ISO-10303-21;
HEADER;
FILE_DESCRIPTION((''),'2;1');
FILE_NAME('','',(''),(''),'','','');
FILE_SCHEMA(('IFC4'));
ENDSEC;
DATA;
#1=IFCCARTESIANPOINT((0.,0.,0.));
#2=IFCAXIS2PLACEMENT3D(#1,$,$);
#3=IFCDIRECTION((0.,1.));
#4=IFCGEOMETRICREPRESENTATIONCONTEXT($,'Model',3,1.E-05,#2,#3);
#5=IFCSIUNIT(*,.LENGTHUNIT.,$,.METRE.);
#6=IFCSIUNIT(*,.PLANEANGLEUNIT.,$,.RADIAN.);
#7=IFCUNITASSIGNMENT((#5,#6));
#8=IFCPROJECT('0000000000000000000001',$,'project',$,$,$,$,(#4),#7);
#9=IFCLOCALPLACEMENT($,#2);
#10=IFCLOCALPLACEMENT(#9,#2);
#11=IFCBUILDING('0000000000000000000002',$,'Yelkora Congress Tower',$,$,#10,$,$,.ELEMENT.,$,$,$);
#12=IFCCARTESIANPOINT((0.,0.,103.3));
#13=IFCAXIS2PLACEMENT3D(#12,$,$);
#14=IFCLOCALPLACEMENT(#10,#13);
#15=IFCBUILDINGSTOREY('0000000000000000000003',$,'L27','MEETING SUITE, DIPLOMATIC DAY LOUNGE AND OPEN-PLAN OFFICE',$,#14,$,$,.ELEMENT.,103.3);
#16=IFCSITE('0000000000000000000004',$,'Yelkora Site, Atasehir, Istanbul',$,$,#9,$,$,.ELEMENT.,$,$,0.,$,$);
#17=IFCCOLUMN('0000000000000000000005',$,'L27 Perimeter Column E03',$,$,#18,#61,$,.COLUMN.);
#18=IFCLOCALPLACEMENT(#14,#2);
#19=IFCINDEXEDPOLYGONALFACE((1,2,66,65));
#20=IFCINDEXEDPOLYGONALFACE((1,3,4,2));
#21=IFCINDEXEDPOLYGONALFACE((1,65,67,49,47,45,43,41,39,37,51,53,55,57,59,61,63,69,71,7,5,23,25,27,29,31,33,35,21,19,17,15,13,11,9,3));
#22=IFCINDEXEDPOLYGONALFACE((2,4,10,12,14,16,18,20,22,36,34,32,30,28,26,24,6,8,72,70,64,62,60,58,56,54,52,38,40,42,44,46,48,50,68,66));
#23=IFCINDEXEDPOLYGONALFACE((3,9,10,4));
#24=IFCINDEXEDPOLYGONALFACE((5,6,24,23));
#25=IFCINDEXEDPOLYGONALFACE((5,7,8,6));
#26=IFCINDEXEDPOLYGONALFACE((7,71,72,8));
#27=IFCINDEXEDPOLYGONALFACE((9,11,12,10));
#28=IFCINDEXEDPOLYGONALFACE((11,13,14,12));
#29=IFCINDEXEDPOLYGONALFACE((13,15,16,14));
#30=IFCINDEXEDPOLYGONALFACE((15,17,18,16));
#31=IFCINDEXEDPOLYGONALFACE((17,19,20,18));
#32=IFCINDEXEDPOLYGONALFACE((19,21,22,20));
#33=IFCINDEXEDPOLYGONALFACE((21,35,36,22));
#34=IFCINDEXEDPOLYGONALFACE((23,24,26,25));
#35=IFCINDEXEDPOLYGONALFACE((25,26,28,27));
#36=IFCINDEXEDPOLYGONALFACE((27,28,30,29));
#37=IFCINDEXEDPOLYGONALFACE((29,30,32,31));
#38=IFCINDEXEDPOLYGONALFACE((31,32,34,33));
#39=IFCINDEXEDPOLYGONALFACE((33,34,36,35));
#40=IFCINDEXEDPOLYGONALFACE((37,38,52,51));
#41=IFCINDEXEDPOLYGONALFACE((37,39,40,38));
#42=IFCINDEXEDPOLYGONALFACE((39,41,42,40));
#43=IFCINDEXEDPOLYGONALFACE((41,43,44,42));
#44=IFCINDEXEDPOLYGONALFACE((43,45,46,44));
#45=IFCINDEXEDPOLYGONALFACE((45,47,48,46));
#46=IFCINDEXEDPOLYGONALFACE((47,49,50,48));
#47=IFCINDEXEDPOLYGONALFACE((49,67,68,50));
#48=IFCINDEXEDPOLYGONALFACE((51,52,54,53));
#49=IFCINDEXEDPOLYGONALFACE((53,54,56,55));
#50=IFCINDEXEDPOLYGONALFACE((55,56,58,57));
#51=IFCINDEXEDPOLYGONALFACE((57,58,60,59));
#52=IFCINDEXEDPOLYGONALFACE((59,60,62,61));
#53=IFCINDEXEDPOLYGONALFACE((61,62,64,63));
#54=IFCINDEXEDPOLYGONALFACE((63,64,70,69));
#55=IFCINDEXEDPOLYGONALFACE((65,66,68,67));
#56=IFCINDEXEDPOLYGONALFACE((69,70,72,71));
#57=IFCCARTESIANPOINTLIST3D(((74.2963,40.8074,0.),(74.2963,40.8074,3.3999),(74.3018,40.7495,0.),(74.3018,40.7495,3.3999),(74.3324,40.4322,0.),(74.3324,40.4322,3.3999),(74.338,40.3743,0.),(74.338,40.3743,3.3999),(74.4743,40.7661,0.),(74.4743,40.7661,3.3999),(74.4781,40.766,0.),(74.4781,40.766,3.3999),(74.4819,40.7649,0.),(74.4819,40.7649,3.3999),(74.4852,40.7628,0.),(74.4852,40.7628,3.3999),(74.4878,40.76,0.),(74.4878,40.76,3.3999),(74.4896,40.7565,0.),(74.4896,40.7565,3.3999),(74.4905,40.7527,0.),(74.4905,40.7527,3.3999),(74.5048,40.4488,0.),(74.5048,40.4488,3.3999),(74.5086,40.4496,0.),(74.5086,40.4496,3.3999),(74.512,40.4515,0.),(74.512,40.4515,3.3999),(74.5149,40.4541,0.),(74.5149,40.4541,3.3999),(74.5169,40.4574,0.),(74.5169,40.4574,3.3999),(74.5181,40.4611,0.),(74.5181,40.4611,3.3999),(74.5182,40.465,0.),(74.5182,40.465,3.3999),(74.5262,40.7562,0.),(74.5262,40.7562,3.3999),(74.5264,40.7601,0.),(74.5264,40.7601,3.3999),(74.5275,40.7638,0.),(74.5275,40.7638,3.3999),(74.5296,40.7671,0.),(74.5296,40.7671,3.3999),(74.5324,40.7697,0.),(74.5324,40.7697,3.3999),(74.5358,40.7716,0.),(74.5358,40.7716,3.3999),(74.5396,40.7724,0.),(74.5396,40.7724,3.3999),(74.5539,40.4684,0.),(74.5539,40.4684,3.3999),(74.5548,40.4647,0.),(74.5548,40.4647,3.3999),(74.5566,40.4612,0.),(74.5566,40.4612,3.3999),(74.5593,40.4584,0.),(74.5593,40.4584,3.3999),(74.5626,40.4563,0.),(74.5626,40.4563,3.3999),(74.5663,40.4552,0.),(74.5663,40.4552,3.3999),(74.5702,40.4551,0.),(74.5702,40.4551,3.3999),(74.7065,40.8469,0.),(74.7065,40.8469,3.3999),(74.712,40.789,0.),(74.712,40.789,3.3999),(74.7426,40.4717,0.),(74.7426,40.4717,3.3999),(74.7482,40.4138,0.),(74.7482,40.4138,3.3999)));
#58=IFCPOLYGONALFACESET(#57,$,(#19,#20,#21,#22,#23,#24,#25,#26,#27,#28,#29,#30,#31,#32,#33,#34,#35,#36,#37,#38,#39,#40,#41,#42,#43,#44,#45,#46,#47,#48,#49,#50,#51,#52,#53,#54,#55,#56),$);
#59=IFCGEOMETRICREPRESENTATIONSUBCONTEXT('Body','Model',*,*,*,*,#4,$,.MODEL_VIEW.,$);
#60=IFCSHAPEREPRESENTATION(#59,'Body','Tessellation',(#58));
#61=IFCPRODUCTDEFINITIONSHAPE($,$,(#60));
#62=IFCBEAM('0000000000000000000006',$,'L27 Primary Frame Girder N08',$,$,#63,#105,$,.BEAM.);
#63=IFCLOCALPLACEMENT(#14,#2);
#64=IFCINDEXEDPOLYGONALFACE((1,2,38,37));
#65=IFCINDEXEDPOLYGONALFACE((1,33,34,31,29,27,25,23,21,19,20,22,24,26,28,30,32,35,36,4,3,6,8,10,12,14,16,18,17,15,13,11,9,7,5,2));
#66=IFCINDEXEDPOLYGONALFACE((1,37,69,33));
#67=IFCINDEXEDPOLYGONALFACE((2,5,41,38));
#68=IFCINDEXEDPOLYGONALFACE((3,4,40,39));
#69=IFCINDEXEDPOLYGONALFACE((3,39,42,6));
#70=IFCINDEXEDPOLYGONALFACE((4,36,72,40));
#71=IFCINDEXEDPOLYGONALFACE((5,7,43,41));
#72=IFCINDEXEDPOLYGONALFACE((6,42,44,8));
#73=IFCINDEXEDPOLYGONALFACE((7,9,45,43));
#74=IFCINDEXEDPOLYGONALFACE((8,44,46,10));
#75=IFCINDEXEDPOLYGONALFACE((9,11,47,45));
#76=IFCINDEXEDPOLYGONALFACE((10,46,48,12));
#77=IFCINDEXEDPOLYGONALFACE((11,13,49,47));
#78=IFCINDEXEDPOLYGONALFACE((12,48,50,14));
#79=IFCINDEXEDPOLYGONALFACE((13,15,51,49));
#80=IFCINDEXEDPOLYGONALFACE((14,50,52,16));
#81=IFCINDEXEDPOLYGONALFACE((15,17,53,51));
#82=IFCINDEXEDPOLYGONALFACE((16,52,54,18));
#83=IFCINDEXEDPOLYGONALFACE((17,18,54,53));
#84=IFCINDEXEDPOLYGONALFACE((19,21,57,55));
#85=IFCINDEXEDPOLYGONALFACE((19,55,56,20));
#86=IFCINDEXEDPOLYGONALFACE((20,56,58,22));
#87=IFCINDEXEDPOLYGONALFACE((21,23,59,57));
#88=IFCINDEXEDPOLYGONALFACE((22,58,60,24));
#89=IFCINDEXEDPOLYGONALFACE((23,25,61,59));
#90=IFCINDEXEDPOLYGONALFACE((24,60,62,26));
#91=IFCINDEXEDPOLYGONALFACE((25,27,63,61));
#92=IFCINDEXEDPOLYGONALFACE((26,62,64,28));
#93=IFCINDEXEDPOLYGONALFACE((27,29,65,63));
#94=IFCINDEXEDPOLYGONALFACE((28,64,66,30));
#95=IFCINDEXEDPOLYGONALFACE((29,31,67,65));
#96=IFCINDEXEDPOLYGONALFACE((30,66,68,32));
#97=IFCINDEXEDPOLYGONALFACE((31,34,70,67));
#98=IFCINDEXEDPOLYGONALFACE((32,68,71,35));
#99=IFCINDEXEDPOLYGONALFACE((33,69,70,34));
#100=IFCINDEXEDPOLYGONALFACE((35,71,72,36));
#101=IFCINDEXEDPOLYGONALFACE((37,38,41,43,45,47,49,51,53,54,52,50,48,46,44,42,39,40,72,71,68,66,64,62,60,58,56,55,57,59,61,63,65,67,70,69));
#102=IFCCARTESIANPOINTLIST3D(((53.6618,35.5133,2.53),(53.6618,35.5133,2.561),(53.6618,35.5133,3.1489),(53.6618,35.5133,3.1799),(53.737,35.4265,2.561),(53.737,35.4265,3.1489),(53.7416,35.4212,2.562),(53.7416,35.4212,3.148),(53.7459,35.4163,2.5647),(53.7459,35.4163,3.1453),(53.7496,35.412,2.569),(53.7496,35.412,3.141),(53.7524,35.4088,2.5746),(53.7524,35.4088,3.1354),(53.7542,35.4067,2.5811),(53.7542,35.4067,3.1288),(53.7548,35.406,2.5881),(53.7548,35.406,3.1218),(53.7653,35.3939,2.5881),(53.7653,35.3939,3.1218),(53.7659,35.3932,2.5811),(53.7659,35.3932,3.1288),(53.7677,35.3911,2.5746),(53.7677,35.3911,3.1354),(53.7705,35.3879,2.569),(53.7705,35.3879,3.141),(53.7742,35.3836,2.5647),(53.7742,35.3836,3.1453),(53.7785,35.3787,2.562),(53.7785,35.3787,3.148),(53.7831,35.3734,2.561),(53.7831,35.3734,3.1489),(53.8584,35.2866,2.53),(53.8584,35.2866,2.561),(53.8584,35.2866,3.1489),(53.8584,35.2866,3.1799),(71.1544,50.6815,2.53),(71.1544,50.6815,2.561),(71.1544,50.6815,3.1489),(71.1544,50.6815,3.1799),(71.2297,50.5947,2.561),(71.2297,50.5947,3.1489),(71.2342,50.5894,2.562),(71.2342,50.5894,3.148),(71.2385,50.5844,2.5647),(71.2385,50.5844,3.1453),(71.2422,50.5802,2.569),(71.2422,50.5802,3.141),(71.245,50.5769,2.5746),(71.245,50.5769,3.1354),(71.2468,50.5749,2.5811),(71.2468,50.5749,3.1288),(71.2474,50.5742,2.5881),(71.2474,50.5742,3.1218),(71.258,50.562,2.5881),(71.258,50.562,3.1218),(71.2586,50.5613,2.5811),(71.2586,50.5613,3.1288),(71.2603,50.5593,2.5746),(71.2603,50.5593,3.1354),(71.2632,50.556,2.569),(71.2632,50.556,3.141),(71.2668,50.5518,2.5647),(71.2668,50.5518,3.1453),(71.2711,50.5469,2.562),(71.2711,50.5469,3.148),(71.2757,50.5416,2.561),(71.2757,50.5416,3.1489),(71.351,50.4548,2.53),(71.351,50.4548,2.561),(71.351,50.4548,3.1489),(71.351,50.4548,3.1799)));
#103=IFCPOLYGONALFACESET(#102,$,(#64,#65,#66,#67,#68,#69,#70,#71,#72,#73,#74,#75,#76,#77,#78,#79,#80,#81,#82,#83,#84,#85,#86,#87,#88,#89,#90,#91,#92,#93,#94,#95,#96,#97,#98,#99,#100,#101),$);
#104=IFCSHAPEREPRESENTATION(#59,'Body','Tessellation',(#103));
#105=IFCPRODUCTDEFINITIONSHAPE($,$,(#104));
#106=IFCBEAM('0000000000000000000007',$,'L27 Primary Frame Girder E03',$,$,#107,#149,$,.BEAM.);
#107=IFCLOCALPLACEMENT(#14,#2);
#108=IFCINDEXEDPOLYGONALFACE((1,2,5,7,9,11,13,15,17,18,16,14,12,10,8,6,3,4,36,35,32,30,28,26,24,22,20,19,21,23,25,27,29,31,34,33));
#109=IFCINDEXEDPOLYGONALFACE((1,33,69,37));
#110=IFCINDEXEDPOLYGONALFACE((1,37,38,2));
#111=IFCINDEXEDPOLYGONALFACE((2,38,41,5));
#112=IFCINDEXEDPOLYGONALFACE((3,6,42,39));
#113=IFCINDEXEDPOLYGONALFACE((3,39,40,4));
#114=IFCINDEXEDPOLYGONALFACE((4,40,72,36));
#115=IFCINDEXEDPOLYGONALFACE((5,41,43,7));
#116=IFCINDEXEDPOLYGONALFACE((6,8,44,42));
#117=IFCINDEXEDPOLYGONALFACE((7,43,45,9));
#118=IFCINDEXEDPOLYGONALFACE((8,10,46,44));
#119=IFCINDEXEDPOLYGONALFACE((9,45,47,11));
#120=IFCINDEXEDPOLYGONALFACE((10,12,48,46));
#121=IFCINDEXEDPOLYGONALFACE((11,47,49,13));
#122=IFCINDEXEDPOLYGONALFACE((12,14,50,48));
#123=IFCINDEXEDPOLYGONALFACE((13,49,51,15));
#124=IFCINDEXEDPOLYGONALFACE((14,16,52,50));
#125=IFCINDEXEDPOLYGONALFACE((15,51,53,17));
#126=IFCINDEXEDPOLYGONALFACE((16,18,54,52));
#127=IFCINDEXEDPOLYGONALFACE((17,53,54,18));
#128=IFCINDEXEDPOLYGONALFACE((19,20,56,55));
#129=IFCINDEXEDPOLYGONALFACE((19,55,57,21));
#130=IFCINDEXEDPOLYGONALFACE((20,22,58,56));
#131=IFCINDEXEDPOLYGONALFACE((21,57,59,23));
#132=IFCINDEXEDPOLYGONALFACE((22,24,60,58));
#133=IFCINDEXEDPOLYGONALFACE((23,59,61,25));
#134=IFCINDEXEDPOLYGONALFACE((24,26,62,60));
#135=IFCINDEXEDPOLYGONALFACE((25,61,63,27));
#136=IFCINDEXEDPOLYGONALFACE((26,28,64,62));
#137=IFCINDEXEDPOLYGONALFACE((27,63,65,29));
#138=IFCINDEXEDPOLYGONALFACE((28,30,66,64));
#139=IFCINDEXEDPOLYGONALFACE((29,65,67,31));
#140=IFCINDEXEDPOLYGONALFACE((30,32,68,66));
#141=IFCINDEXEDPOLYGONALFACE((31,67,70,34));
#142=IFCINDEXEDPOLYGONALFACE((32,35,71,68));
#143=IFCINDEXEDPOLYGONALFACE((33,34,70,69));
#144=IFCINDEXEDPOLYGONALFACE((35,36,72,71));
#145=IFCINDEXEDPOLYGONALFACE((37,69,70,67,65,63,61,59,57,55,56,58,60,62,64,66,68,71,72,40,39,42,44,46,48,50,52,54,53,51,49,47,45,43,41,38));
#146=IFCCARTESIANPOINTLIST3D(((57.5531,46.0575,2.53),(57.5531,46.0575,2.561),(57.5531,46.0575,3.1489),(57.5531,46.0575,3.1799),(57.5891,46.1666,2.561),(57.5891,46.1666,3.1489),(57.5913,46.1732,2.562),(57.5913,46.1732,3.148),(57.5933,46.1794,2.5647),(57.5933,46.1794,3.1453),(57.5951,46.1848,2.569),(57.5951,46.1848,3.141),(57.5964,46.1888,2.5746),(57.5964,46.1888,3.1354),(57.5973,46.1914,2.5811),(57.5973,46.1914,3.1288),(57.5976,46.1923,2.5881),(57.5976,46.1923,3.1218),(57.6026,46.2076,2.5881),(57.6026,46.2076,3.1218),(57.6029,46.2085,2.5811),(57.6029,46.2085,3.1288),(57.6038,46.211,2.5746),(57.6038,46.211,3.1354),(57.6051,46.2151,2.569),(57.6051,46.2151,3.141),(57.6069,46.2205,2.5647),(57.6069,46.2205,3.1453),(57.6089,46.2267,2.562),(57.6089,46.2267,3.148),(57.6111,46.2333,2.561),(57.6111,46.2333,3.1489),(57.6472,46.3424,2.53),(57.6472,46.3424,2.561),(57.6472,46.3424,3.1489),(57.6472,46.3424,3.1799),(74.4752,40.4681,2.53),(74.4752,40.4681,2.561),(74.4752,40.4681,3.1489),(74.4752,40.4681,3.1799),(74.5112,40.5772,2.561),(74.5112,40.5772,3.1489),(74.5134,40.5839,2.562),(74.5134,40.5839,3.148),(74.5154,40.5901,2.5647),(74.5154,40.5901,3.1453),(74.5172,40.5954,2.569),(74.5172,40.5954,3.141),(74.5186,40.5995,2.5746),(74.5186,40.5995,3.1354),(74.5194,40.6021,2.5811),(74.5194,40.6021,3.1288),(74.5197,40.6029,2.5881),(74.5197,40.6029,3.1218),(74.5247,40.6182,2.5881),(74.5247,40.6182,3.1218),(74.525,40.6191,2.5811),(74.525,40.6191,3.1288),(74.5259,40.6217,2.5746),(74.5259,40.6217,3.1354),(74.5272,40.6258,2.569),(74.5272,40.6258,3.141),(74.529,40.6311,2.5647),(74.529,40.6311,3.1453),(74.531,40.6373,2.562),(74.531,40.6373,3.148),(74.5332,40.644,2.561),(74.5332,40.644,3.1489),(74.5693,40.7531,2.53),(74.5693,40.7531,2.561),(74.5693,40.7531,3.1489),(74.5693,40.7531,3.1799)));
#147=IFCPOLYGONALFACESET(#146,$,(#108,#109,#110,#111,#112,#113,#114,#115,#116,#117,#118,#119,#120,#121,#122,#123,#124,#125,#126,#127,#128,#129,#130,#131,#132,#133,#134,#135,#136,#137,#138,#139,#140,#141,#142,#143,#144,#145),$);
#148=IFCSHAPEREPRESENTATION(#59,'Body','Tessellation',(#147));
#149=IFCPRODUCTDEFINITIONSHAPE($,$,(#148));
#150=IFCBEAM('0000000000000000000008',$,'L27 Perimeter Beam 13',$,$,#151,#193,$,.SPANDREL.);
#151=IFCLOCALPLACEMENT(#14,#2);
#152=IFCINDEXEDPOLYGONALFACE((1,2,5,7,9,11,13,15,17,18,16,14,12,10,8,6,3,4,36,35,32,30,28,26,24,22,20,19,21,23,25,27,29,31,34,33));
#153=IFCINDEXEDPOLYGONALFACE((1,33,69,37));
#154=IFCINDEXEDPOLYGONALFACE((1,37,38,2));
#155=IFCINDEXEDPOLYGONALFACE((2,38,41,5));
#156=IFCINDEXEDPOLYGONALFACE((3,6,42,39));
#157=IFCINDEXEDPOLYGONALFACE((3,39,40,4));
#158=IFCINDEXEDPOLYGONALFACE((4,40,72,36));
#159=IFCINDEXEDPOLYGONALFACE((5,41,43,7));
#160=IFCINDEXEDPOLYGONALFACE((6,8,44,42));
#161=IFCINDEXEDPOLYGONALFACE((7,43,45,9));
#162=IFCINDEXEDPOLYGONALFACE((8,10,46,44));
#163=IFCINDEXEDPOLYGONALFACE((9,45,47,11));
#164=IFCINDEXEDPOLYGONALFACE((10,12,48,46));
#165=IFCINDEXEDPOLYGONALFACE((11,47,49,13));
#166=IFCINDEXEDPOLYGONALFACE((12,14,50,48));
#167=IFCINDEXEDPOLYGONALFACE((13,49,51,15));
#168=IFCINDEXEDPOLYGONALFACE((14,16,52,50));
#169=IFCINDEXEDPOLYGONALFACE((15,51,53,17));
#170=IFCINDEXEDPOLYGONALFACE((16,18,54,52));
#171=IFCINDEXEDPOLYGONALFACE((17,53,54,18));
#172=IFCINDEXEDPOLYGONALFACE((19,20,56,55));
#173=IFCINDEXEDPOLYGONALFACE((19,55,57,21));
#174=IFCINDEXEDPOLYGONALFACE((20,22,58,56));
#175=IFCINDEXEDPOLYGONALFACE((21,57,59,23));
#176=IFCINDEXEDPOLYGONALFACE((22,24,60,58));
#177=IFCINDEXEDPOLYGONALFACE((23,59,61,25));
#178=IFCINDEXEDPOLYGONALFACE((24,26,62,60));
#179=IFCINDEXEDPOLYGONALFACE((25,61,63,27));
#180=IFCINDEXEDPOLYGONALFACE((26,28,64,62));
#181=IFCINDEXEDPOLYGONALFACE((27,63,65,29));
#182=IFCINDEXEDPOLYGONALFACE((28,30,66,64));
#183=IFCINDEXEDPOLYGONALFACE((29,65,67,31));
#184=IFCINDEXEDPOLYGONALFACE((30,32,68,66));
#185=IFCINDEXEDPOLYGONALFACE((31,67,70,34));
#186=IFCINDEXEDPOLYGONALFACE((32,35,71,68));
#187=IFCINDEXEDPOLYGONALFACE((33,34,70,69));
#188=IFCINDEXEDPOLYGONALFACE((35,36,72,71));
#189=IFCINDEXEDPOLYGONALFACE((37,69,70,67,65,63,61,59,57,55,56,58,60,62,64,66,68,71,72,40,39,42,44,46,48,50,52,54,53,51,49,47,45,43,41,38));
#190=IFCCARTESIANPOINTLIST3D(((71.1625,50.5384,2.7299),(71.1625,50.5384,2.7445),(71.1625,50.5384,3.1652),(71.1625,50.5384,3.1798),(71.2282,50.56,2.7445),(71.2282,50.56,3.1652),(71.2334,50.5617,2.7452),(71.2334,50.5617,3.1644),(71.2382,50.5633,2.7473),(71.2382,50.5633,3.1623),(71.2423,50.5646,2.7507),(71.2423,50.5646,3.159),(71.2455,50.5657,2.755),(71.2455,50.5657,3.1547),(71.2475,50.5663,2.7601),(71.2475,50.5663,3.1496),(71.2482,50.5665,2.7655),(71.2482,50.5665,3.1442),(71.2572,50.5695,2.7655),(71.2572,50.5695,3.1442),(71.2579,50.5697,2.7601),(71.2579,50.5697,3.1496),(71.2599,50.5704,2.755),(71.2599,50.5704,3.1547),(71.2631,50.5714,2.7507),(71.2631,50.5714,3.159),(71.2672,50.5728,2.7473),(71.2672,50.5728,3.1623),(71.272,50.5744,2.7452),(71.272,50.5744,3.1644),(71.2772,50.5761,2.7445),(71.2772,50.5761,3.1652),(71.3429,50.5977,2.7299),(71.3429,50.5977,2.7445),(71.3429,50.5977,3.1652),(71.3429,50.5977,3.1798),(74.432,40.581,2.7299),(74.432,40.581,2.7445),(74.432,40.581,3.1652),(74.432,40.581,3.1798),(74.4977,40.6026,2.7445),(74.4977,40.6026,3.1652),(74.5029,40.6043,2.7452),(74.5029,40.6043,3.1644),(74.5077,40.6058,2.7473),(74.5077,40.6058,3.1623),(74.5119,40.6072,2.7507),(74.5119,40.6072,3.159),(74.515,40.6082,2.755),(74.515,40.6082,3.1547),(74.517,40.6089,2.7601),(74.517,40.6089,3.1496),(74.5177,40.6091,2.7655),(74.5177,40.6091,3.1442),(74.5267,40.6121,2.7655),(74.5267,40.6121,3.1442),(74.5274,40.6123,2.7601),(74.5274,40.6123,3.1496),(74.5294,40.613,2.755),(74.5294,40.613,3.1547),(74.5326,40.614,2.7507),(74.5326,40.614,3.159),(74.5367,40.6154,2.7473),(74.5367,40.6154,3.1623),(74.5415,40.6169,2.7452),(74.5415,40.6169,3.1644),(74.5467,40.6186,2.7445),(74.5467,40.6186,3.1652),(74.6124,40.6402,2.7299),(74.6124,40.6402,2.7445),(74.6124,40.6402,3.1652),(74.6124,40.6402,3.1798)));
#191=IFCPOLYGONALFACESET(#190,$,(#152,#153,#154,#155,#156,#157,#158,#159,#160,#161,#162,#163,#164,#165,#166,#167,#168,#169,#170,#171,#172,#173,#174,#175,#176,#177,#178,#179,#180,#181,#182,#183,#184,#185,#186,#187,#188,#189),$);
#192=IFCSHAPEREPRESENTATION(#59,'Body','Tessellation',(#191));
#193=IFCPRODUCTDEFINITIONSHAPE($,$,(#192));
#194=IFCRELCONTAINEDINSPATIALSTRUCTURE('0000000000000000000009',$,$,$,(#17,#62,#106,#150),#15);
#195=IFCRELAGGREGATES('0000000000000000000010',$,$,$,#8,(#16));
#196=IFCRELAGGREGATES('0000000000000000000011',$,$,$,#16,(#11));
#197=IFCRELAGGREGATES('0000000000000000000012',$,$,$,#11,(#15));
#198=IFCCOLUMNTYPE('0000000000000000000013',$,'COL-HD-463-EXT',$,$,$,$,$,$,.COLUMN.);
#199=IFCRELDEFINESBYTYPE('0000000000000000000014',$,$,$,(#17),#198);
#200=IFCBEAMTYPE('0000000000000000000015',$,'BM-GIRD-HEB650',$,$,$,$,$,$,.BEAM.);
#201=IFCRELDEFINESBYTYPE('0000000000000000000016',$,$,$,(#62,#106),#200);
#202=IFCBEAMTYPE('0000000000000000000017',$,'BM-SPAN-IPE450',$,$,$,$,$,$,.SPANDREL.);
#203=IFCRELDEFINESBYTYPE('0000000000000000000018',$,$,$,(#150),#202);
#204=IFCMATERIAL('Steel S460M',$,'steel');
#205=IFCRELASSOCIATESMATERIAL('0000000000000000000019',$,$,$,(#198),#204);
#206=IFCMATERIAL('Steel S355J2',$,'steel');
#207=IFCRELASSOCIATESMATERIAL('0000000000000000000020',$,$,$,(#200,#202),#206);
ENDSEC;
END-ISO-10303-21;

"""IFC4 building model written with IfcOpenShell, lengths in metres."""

from ifc_helpers import new_model, si_unit, direction, frame, origin, origin_2d, place, context, subcontext, project, spatial, i_section, extrude, material, material_profile, profile_set, type_object, element, save


model = new_model("IFC4")

# Units and contexts
model_context = context("Model", 3, precision=1e-05, world=origin(), true_north=direction((0.0, 1.0)))
body_context = subcontext(model_context, "Body", "Model", "MODEL_VIEW")
ifc_project = project(units=[si_unit("LENGTHUNIT", "METRE"), si_unit("PLANEANGLEUNIT", "RADIAN")], contexts=[model_context])

# Site, building, storey
site_placement = place(None, origin())
site = spatial("IfcSite", under=ifc_project, at=site_placement, Name="Yelkora Site, Atasehir, Istanbul", CompositionType="ELEMENT", RefElevation=0.0)
building_placement = place(site_placement, origin())
building = spatial("IfcBuilding", under=site, at=building_placement, Name="Yelkora Congress Tower", CompositionType="ELEMENT")
storey_placement = place(building_placement, frame((0.0, 0.0, 103.3)))
storey = spatial("IfcBuildingStorey", under=building, at=storey_placement, Name="L27", Description="MEETING SUITE, DIPLOMATIC DAY LOUNGE AND OPEN-PLAN OFFICE", CompositionType="ELEMENT", Elevation=103.3)

# Column
ifc_material_1 = material(Name="Steel S460M", Category="steel")
ifc_material_profile_1 = material_profile(ifc_material_1, i_section(OverallWidth=0.4121, OverallDepth=0.4351, WebThickness=0.0359, FlangeThickness=0.0581, FilletRadius=0.0149, at=origin_2d()), Name="HD 400x463")
ifc_profile_set_1 = profile_set([ifc_material_profile_1], Name="Steel S460M")
column_type = type_object("IfcColumnType", Name="COL-HD-463-EXT", PredefinedType="COLUMN", material=ifc_profile_set_1)
column_placement = place(storey_placement, frame((74.5222, 40.6106, 0.0), z_axis=(0.0, 0.0, 1.0), x_axis=(0.995396, 0.095846, 0.0)))
element("IfcColumn", 1, at=column_placement, inside=storey, type_object=column_type, Name="L27 Perimeter Column E03", PredefinedType="COLUMN", context=body_context, shape_type="SweptSolid", body=[
    extrude(i_section(OverallWidth=0.4121, OverallDepth=0.4351, WebThickness=0.0359, FlangeThickness=0.0581, FilletRadius=0.0149, at=origin_2d()), origin(), (0.0, 0.0, 1.0), 3.3999),
])

# Beams
ifc_material_2 = material(Name="Steel S355J2", Category="steel")
ifc_material_profile_2 = material_profile(ifc_material_2, i_section(OverallWidth=0.3, OverallDepth=0.6499, WebThickness=0.0161, FlangeThickness=0.031, FilletRadius=0.0271, at=origin_2d()), Name="HEB 650")
ifc_profile_set_2 = profile_set([ifc_material_profile_2], Name="Steel S355J2")
beam_type_1 = type_object("IfcBeamType", Name="BM-GIRD-HEB650", PredefinedType="BEAM", material=ifc_profile_set_2)
beam_1_placement = place(storey_placement, frame((71.2527, 50.5681, 2.855), z_axis=(-0.75552, -0.655125, 0.0), x_axis=(0.655125, -0.75552, 0.0)))
element("IfcBeam", 2, at=beam_1_placement, inside=storey, type_object=beam_type_1, Name="L27 Primary Frame Girder N08", PredefinedType="BEAM", context=body_context, shape_type="SweptSolid", body=[
    extrude(i_section(OverallWidth=0.3, OverallDepth=0.6499, WebThickness=0.0161, FlangeThickness=0.031, FilletRadius=0.0271, at=origin_2d()), origin(), (0.0, 0.0, 1.0), 23.1531),
])
beam_2_placement = place(storey_placement, frame((74.5222, 40.6106, 2.855), z_axis=(-0.949544, 0.313633, 0.0), x_axis=(-0.313633, -0.949544, 0.0)))
element("IfcBeam", 3, at=beam_2_placement, inside=storey, type_object=beam_type_1, Name="L27 Primary Frame Girder E03", PredefinedType="BEAM", context=body_context, shape_type="SweptSolid", body=[
    extrude(i_section(OverallWidth=0.3, OverallDepth=0.6499, WebThickness=0.0161, FlangeThickness=0.031, FilletRadius=0.0271, at=origin_2d()), origin(), (0.0, 0.0, 1.0), 17.8213),
])
ifc_material_profile_3 = material_profile(ifc_material_2, i_section(OverallWidth=0.1899, OverallDepth=0.45, WebThickness=0.0095, FlangeThickness=0.0146, FilletRadius=0.021, at=origin_2d()), Name="IPE 450")
ifc_profile_set_3 = profile_set([ifc_material_profile_3], Name="Steel S355J2")
beam_type_2 = type_object("IfcBeamType", Name="BM-SPAN-IPE450", PredefinedType="SPANDREL", material=ifc_profile_set_3)
beam_3_placement = place(storey_placement, frame((74.5222, 40.6106, 2.9548), z_axis=(-0.311962, 0.950095, 0.0), x_axis=(-0.950095, -0.311962, 0.0)))
element("IfcBeam", 4, at=beam_3_placement, inside=storey, type_object=beam_type_2, Name="L27 Perimeter Beam 13", PredefinedType="SPANDREL", context=body_context, shape_type="SweptSolid", body=[
    extrude(i_section(OverallWidth=0.1899, OverallDepth=0.45, WebThickness=0.0095, FlangeThickness=0.0146, FilletRadius=0.021, at=origin_2d()), origin(), (0.0, 0.0, 1.0), 10.4805),
])

save(model, "model.ifc")
